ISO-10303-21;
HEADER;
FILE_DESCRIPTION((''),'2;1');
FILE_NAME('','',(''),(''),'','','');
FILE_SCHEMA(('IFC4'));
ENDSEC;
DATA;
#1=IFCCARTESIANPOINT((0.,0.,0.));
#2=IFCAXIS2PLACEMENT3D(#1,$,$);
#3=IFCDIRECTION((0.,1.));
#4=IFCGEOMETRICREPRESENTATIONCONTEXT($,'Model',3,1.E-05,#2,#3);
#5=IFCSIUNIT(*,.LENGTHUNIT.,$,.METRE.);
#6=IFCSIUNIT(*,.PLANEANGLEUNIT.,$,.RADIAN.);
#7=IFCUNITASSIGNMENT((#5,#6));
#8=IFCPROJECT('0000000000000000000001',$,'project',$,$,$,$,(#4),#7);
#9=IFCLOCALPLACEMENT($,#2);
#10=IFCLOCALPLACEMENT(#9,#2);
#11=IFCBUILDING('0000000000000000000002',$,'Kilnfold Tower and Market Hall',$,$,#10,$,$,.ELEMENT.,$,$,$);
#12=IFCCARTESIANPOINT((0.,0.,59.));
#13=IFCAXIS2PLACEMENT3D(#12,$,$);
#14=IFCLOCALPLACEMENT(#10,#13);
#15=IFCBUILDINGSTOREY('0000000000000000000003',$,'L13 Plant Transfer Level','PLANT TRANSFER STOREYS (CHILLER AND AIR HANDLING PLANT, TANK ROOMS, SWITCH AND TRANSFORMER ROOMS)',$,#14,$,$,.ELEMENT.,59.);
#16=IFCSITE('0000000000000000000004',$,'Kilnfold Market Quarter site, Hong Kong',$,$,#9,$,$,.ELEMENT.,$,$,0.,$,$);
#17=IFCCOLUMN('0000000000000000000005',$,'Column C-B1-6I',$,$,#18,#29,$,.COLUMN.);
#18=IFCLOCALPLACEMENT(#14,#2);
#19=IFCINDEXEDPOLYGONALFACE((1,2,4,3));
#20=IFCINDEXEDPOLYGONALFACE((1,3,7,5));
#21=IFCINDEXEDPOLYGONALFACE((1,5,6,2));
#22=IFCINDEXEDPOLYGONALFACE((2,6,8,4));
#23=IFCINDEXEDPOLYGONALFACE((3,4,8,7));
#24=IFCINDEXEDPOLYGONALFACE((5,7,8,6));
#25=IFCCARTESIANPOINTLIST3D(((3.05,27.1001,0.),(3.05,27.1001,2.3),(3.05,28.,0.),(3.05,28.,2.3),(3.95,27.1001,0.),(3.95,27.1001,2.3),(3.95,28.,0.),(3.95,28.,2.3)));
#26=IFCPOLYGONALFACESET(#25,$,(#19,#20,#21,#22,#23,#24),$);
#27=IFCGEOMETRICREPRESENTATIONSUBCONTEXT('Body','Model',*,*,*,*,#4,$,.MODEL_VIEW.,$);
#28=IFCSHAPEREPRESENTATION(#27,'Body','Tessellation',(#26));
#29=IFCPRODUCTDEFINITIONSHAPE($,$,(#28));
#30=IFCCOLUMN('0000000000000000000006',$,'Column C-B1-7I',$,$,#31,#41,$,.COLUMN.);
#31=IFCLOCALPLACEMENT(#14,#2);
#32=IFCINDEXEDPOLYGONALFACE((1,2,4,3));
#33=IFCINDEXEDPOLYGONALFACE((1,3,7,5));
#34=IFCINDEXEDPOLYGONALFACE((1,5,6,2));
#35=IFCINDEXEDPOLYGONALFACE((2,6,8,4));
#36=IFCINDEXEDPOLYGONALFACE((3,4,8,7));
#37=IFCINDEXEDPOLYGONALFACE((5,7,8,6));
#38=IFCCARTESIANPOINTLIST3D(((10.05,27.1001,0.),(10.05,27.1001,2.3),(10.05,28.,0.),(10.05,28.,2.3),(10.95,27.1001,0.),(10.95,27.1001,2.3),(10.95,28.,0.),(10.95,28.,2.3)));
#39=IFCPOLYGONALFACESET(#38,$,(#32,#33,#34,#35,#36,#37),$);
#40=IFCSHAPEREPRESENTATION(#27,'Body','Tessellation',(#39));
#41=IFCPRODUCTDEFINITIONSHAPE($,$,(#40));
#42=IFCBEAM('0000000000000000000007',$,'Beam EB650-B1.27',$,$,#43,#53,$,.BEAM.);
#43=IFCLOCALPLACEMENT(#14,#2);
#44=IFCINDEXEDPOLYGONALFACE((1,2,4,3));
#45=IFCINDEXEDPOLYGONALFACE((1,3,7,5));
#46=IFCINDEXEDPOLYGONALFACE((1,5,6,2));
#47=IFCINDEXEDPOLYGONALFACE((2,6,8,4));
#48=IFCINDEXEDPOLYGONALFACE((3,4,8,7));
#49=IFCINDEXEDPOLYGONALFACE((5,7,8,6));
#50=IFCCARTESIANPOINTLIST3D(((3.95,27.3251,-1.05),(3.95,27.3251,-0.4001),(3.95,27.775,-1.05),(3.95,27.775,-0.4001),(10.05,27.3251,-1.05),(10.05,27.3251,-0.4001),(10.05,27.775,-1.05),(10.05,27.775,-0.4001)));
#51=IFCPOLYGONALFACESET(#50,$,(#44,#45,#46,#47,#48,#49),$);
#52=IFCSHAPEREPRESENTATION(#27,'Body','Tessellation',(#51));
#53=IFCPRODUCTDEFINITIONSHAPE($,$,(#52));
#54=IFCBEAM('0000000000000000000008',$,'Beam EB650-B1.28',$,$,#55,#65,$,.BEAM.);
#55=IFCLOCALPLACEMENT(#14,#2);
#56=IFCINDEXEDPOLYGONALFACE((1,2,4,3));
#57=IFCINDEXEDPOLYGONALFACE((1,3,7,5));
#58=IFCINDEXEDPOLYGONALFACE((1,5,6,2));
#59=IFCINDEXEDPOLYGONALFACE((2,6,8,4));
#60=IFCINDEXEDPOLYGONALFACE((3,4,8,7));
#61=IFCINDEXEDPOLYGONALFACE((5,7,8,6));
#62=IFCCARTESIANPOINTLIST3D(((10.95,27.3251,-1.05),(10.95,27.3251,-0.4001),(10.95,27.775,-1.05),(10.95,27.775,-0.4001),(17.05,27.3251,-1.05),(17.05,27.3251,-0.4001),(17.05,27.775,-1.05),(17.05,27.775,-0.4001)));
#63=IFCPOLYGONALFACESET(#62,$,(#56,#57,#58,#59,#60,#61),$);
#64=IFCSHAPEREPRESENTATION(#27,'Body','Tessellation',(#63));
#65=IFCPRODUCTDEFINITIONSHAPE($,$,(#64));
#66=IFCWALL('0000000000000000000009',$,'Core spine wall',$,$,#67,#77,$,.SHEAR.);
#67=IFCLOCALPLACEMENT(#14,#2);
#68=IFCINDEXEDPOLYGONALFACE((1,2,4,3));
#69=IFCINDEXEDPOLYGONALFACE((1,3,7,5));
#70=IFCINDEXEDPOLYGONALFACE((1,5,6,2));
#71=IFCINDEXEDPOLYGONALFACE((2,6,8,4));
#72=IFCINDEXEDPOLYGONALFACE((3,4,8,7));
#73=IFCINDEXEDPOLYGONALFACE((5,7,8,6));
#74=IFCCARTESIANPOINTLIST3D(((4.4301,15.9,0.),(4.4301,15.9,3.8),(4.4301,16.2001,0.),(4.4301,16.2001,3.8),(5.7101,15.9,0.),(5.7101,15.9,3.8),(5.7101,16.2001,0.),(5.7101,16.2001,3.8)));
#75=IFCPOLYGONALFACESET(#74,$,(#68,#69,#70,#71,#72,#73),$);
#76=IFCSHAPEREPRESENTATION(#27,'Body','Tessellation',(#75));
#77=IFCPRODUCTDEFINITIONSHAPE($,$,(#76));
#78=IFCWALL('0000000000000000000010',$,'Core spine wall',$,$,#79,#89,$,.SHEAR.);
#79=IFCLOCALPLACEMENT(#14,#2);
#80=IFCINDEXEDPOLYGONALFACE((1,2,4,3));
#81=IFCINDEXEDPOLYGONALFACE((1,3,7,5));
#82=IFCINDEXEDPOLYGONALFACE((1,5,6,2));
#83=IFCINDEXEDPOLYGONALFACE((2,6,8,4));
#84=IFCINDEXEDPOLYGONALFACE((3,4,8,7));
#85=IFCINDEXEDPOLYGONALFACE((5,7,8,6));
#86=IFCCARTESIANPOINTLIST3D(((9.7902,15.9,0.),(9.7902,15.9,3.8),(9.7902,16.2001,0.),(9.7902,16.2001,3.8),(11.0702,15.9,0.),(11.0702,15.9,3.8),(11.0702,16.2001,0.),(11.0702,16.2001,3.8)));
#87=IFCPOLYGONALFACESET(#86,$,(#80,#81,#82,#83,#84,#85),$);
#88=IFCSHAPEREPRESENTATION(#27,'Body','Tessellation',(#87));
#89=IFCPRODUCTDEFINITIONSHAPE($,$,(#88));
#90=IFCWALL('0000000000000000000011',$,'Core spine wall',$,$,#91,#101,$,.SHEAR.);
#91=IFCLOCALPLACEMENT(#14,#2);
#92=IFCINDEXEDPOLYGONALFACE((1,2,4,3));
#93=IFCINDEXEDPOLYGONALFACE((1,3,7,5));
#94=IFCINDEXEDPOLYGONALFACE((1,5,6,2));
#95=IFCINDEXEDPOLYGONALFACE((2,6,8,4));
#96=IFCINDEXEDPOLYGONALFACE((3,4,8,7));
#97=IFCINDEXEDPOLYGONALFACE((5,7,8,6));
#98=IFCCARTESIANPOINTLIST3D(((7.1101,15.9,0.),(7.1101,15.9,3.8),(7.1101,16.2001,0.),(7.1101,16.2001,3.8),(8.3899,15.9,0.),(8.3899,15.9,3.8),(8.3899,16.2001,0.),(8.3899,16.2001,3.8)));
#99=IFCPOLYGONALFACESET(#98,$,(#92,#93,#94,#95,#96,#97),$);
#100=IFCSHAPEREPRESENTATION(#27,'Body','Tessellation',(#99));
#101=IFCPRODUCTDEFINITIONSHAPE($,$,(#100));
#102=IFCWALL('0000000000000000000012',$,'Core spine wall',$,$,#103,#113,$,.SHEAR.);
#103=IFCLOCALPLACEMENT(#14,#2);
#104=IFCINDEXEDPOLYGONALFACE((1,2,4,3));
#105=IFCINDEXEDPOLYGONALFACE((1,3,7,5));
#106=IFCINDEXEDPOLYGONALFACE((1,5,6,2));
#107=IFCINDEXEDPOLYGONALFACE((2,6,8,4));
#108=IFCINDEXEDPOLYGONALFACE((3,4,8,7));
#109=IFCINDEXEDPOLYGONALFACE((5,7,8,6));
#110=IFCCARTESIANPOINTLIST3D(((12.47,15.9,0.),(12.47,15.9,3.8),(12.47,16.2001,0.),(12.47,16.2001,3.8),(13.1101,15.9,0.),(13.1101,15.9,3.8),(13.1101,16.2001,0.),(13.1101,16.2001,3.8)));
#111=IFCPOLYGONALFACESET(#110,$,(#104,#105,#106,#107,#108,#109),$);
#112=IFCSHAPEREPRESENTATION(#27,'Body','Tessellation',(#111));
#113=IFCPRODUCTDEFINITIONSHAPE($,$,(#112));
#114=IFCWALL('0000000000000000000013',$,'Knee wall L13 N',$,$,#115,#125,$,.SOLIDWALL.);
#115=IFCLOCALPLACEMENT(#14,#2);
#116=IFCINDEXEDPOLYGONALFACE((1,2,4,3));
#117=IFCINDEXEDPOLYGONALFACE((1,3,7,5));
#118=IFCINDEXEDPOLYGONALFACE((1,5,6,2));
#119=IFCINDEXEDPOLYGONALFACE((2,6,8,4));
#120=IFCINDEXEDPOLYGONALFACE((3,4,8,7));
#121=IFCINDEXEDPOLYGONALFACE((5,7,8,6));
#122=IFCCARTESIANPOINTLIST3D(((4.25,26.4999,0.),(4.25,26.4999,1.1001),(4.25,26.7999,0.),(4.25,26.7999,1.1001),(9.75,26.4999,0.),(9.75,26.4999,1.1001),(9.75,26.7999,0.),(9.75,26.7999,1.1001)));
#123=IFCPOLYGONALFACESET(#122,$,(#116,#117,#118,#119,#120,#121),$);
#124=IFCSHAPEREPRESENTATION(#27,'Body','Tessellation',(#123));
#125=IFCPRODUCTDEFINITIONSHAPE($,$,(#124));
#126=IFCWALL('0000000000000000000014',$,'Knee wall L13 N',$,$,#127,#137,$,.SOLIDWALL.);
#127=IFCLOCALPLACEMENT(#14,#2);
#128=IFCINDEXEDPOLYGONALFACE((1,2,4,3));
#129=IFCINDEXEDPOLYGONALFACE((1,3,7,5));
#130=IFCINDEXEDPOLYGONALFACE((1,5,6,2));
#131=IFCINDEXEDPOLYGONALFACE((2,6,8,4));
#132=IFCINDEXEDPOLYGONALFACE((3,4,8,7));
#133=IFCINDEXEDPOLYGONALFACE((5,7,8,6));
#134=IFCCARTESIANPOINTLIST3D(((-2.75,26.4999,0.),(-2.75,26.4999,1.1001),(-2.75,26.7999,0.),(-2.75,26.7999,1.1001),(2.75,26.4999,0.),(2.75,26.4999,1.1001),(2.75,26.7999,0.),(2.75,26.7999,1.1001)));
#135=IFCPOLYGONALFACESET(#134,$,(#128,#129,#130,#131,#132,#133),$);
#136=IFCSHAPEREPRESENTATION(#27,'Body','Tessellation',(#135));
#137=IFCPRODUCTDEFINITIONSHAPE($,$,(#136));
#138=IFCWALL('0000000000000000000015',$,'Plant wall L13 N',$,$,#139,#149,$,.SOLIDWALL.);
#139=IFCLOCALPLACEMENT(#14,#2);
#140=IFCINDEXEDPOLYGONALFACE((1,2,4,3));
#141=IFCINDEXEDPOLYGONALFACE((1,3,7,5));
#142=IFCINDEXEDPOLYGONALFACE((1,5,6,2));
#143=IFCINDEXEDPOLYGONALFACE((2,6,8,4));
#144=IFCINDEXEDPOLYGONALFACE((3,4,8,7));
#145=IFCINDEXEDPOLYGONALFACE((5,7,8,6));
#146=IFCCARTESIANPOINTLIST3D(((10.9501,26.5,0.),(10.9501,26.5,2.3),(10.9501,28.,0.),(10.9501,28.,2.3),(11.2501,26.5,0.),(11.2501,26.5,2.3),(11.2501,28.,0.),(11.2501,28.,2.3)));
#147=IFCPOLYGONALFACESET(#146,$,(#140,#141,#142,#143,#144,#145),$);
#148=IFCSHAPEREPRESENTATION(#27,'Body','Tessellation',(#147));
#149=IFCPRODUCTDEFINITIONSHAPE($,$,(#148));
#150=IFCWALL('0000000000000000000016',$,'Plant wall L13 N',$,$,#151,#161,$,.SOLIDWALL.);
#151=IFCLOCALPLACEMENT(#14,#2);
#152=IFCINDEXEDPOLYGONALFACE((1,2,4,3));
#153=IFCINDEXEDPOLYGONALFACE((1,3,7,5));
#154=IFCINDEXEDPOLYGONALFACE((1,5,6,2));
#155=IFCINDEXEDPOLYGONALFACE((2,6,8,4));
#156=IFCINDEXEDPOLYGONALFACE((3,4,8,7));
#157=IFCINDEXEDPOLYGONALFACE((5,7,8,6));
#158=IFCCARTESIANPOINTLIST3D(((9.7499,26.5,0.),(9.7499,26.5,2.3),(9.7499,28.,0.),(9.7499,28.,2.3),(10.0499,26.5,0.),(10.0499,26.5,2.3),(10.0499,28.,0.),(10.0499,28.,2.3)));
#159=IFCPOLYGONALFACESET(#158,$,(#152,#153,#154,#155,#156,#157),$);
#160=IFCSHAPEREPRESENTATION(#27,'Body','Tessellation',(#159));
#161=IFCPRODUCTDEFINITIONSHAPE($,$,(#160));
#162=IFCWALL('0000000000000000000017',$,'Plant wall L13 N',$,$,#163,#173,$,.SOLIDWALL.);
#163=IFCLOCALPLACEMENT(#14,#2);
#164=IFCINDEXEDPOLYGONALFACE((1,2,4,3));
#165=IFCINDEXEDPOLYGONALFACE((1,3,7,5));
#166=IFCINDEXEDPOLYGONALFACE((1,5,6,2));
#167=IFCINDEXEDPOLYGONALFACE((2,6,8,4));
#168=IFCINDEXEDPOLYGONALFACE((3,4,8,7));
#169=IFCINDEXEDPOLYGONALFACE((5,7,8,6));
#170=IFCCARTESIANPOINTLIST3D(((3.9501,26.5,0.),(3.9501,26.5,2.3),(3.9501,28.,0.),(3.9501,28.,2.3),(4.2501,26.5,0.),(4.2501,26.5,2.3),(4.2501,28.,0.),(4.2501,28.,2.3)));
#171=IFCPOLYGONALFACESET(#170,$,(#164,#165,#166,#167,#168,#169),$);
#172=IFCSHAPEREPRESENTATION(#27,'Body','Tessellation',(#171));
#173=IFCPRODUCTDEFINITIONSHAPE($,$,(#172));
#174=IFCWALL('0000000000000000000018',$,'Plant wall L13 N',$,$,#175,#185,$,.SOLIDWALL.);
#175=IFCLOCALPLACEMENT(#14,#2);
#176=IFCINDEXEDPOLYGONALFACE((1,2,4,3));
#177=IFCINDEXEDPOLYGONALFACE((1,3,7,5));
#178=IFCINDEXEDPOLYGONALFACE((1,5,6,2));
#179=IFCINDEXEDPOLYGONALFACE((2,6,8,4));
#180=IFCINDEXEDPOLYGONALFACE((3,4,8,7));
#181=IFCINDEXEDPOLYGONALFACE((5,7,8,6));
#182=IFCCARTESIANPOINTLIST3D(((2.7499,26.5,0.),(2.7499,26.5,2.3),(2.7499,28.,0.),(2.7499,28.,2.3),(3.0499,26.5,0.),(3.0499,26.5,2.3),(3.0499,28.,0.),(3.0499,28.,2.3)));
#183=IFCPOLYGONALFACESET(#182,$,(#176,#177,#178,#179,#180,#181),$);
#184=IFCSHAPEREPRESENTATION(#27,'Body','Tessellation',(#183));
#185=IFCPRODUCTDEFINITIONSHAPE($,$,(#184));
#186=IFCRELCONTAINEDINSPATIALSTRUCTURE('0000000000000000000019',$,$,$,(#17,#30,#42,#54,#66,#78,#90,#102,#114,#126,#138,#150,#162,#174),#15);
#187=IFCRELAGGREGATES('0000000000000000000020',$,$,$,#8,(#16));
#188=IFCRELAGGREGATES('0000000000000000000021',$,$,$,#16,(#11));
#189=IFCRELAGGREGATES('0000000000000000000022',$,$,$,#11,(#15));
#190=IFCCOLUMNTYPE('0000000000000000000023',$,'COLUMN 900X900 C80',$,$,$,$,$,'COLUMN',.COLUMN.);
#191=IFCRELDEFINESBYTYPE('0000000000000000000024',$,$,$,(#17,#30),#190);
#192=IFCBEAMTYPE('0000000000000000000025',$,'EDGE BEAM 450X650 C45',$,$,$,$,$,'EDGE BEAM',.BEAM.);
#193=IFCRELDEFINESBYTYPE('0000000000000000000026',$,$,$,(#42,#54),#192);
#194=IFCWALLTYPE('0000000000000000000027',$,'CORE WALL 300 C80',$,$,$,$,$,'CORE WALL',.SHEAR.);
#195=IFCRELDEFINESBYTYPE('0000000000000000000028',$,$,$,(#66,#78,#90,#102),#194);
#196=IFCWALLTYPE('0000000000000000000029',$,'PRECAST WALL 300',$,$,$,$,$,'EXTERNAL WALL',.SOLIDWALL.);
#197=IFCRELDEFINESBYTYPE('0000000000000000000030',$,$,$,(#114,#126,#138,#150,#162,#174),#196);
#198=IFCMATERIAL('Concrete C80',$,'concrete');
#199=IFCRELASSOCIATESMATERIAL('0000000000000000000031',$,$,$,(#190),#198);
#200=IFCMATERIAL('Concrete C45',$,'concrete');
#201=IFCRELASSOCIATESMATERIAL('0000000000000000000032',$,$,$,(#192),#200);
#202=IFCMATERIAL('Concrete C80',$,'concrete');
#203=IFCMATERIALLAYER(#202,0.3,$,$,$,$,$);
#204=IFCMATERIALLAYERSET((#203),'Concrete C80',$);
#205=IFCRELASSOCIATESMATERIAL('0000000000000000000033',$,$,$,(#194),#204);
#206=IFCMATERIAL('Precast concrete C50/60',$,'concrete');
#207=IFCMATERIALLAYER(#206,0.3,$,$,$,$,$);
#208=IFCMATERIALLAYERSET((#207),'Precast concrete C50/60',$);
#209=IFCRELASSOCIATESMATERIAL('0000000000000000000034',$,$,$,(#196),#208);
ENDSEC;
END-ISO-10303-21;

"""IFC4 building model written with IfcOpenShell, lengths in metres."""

from ifc_helpers import new_model, si_unit, direction, frame, frame_2d, origin, origin_2d, place, context, subcontext, project, spatial, rectangle, extrude, source, transform, mapped, material, layer, layer_set, material_profile, profile_set, type_object, element, save


model = new_model("IFC4")

# Units and contexts
model_context = context("Model", 3, precision=1e-05, world=origin(), true_north=direction((0.0, 1.0)))
body_context = subcontext(model_context, "Body", "Model", "MODEL_VIEW")
ifc_project = project(units=[si_unit("LENGTHUNIT", "METRE"), si_unit("PLANEANGLEUNIT", "RADIAN")], contexts=[model_context])

# Site, building, storey
site_placement = place(None, origin())
site = spatial("IfcSite", under=ifc_project, at=site_placement, Name="Kilnfold Market Quarter site, Hong Kong", CompositionType="ELEMENT", RefElevation=0.0)
building_placement = place(site_placement, origin())
building = spatial("IfcBuilding", under=site, at=building_placement, Name="Kilnfold Tower and Market Hall", CompositionType="ELEMENT")
storey_placement = place(building_placement, frame((0.0, 0.0, 59.0)))
storey = spatial("IfcBuildingStorey", under=building, at=storey_placement, Name="L13 Plant Transfer Level", Description="PLANT TRANSFER STOREYS (CHILLER AND AIR HANDLING PLANT, TANK ROOMS, SWITCH AND TRANSFORMER ROOMS)", CompositionType="ELEMENT", Elevation=59.0)

# Columns
ifc_material_1 = material(Name="Concrete C80", Category="concrete")
ifc_material_profile_1 = material_profile(ifc_material_1, rectangle(XDim=0.8999, YDim=0.8999, at=origin_2d()), Name="RC 900x900")
ifc_profile_set_1 = profile_set([ifc_material_profile_1], Name="Concrete C80")
column_type = type_object("IfcColumnType", Name="COLUMN 900X900 C80", ElementType="COLUMN", PredefinedType="COLUMN", material=ifc_profile_set_1)
shared_shape_1 = source(origin(), body_context, "Body", "SweptSolid", [
    extrude(rectangle(XDim=0.8999, YDim=0.8999, at=origin_2d()), origin(), (0.0, 0.0, 1.0), 2.3),
])
for number, where, z_axis, x_axis, name in (
    (1, (3.5, 27.55, 0.0), (0.0, 0.0, 1.0), (1.0, 0.0, 0.0), "Column C-B1-6I"),
    (2, (10.5, 27.55, 0.0), (0.0, 0.0, 1.0), (1.0, 0.0, 0.0), "Column C-B1-7I"),
):
    element("IfcColumn", number, at=place(storey_placement, frame(where, z_axis=z_axis, x_axis=x_axis)), inside=storey, type_object=column_type, Name=name, PredefinedType="COLUMN", context=body_context, shape_type="MappedRepresentation", body=[
        mapped(shared_shape_1, transform((0.0, 0.0, 0.0))),
    ])

# Beams
ifc_material_2 = material(Name="Concrete C45", Category="concrete")
ifc_material_profile_2 = material_profile(ifc_material_2, rectangle(XDim=0.45, YDim=0.6499, at=origin_2d()), Name="RC 450x650")
ifc_profile_set_2 = profile_set([ifc_material_profile_2], Name="Concrete C45")
beam_type = type_object("IfcBeamType", Name="EDGE BEAM 450X650 C45", ElementType="EDGE BEAM", PredefinedType="BEAM", material=ifc_profile_set_2)
shared_shape_2 = source(origin(), body_context, "Body", "SweptSolid", [
    extrude(rectangle(XDim=0.45, YDim=0.6499, at=origin_2d()), origin(), (0.0, 0.0, 1.0), 6.1001),
])
for number, where, z_axis, x_axis, name in (
    (3, (3.95, 27.55, -0.7251), (1.0, 0.0, 0.0), (0.0, 1.0, 0.0), "Beam EB650-B1.27"),
    (4, (10.95, 27.55, -0.7251), (1.0, 0.0, 0.0), (0.0, 1.0, 0.0), "Beam EB650-B1.28"),
):
    element("IfcBeam", number, at=place(storey_placement, frame(where, z_axis=z_axis, x_axis=x_axis)), inside=storey, type_object=beam_type, Name=name, PredefinedType="BEAM", context=body_context, shape_type="MappedRepresentation", body=[
        mapped(shared_shape_2, transform((0.0, 0.0, 0.0))),
    ])

# Walls
ifc_material_3 = material(Name="Concrete C80", Category="concrete")
ifc_layer_1 = layer(ifc_material_3, 0.3)
ifc_layer_set_1 = layer_set([ifc_layer_1], Name="Concrete C80")
wall_type_1 = type_object("IfcWallType", Name="CORE WALL 300 C80", ElementType="CORE WALL", PredefinedType="SHEAR", material=ifc_layer_set_1)
shared_shape_3 = source(origin(), body_context, "Body", "SweptSolid", [
    extrude(rectangle(XDim=1.28, YDim=0.3, at=frame_2d((0.6401, 0.0))), origin(), (0.0, 0.0, 1.0), 3.8),
])
for number, where, z_axis, x_axis, name in (
    (5, (4.4299, 16.05, 0.0), (0.0, 0.0, 1.0), (1.0, 0.0, 0.0), "Core spine wall"),
    (6, (9.79, 16.05, 0.0), (0.0, 0.0, 1.0), (1.0, 0.0, 0.0), "Core spine wall"),
):
    element("IfcWall", number, at=place(storey_placement, frame(where, z_axis=z_axis, x_axis=x_axis)), inside=storey, type_object=wall_type_1, Name=name, PredefinedType="SHEAR", context=body_context, shape_type="MappedRepresentation", body=[
        mapped(shared_shape_3, transform((0.0, 0.0, 0.0))),
    ])
shared_shape_4 = source(origin(), body_context, "Body", "SweptSolid", [
    extrude(rectangle(XDim=1.2798, YDim=0.3, at=frame_2d((0.6399, 0.0))), origin(), (0.0, 0.0, 1.0), 3.8),
])
wall_1_placement = place(storey_placement, frame((7.1101, 16.05, 0.0), z_axis=(0.0, 0.0, 1.0), x_axis=(1.0, 0.0, 0.0)))
element("IfcWall", 7, at=wall_1_placement, inside=storey, type_object=wall_type_1, Name="Core spine wall", PredefinedType="SHEAR", context=body_context, shape_type="MappedRepresentation", body=[
    mapped(shared_shape_4, transform((0.0, 0.0, 0.0))),
])
shared_shape_5 = source(origin(), body_context, "Body", "SweptSolid", [
    extrude(rectangle(XDim=0.6401, YDim=0.3, at=frame_2d((0.3201, 0.0))), origin(), (0.0, 0.0, 1.0), 3.8),
])
wall_2_placement = place(storey_placement, frame((12.47, 16.05, 0.0), z_axis=(0.0, 0.0, 1.0), x_axis=(1.0, 0.0, 0.0)))
element("IfcWall", 8, at=wall_2_placement, inside=storey, type_object=wall_type_1, Name="Core spine wall", PredefinedType="SHEAR", context=body_context, shape_type="MappedRepresentation", body=[
    mapped(shared_shape_5, transform((0.0, 0.0, 0.0))),
])
ifc_material_4 = material(Name="Precast concrete C50/60", Category="concrete")
ifc_layer_2 = layer(ifc_material_4, 0.3)
ifc_layer_set_2 = layer_set([ifc_layer_2], Name="Precast concrete C50/60")
wall_type_2 = type_object("IfcWallType", Name="PRECAST WALL 300", ElementType="EXTERNAL WALL", PredefinedType="SOLIDWALL", material=ifc_layer_set_2)
shared_shape_6 = source(origin(), body_context, "Body", "SweptSolid", [
    extrude(rectangle(XDim=5.5, YDim=0.3, at=frame_2d((2.75, 0.0))), origin(), (0.0, 0.0, 1.0), 1.1001),
])
for number, where, z_axis, x_axis, name in (
    (9, (9.75, 26.6499, 0.0), (0.0, 0.0, 1.0), (-1.0, 0.0, 0.0), "Knee wall L13 N"),
    (10, (2.75, 26.6499, 0.0), (0.0, 0.0, 1.0), (-1.0, 0.0, 0.0), "Knee wall L13 N"),
):
    element("IfcWall", number, at=place(storey_placement, frame(where, z_axis=z_axis, x_axis=x_axis)), inside=storey, type_object=wall_type_2, Name=name, PredefinedType="SOLIDWALL", context=body_context, shape_type="MappedRepresentation", body=[
        mapped(shared_shape_6, transform((0.0, 0.0, 0.0))),
    ])
shared_shape_7 = source(origin(), body_context, "Body", "SweptSolid", [
    extrude(rectangle(XDim=1.5, YDim=0.3, at=frame_2d((0.75, 0.0))), origin(), (0.0, 0.0, 1.0), 2.3),
])
for number, where, z_axis, x_axis, name in (
    (11, (11.1001, 28.0, 0.0), (0.0, 0.0, 1.0), (0.0, -1.0, 0.0), "Plant wall L13 N"),
    (12, (9.8999, 28.0, 0.0), (0.0, 0.0, 1.0), (0.0, -1.0, 0.0), "Plant wall L13 N"),
    (13, (4.1001, 28.0, 0.0), (0.0, 0.0, 1.0), (0.0, -1.0, 0.0), "Plant wall L13 N"),
    (14, (2.8999, 28.0, 0.0), (0.0, 0.0, 1.0), (0.0, -1.0, 0.0), "Plant wall L13 N"),
):
    element("IfcWall", number, at=place(storey_placement, frame(where, z_axis=z_axis, x_axis=x_axis)), inside=storey, type_object=wall_type_2, Name=name, PredefinedType="SOLIDWALL", context=body_context, shape_type="MappedRepresentation", body=[
        mapped(shared_shape_7, transform((0.0, 0.0, 0.0))),
    ])

save(model, "model.ifc")
